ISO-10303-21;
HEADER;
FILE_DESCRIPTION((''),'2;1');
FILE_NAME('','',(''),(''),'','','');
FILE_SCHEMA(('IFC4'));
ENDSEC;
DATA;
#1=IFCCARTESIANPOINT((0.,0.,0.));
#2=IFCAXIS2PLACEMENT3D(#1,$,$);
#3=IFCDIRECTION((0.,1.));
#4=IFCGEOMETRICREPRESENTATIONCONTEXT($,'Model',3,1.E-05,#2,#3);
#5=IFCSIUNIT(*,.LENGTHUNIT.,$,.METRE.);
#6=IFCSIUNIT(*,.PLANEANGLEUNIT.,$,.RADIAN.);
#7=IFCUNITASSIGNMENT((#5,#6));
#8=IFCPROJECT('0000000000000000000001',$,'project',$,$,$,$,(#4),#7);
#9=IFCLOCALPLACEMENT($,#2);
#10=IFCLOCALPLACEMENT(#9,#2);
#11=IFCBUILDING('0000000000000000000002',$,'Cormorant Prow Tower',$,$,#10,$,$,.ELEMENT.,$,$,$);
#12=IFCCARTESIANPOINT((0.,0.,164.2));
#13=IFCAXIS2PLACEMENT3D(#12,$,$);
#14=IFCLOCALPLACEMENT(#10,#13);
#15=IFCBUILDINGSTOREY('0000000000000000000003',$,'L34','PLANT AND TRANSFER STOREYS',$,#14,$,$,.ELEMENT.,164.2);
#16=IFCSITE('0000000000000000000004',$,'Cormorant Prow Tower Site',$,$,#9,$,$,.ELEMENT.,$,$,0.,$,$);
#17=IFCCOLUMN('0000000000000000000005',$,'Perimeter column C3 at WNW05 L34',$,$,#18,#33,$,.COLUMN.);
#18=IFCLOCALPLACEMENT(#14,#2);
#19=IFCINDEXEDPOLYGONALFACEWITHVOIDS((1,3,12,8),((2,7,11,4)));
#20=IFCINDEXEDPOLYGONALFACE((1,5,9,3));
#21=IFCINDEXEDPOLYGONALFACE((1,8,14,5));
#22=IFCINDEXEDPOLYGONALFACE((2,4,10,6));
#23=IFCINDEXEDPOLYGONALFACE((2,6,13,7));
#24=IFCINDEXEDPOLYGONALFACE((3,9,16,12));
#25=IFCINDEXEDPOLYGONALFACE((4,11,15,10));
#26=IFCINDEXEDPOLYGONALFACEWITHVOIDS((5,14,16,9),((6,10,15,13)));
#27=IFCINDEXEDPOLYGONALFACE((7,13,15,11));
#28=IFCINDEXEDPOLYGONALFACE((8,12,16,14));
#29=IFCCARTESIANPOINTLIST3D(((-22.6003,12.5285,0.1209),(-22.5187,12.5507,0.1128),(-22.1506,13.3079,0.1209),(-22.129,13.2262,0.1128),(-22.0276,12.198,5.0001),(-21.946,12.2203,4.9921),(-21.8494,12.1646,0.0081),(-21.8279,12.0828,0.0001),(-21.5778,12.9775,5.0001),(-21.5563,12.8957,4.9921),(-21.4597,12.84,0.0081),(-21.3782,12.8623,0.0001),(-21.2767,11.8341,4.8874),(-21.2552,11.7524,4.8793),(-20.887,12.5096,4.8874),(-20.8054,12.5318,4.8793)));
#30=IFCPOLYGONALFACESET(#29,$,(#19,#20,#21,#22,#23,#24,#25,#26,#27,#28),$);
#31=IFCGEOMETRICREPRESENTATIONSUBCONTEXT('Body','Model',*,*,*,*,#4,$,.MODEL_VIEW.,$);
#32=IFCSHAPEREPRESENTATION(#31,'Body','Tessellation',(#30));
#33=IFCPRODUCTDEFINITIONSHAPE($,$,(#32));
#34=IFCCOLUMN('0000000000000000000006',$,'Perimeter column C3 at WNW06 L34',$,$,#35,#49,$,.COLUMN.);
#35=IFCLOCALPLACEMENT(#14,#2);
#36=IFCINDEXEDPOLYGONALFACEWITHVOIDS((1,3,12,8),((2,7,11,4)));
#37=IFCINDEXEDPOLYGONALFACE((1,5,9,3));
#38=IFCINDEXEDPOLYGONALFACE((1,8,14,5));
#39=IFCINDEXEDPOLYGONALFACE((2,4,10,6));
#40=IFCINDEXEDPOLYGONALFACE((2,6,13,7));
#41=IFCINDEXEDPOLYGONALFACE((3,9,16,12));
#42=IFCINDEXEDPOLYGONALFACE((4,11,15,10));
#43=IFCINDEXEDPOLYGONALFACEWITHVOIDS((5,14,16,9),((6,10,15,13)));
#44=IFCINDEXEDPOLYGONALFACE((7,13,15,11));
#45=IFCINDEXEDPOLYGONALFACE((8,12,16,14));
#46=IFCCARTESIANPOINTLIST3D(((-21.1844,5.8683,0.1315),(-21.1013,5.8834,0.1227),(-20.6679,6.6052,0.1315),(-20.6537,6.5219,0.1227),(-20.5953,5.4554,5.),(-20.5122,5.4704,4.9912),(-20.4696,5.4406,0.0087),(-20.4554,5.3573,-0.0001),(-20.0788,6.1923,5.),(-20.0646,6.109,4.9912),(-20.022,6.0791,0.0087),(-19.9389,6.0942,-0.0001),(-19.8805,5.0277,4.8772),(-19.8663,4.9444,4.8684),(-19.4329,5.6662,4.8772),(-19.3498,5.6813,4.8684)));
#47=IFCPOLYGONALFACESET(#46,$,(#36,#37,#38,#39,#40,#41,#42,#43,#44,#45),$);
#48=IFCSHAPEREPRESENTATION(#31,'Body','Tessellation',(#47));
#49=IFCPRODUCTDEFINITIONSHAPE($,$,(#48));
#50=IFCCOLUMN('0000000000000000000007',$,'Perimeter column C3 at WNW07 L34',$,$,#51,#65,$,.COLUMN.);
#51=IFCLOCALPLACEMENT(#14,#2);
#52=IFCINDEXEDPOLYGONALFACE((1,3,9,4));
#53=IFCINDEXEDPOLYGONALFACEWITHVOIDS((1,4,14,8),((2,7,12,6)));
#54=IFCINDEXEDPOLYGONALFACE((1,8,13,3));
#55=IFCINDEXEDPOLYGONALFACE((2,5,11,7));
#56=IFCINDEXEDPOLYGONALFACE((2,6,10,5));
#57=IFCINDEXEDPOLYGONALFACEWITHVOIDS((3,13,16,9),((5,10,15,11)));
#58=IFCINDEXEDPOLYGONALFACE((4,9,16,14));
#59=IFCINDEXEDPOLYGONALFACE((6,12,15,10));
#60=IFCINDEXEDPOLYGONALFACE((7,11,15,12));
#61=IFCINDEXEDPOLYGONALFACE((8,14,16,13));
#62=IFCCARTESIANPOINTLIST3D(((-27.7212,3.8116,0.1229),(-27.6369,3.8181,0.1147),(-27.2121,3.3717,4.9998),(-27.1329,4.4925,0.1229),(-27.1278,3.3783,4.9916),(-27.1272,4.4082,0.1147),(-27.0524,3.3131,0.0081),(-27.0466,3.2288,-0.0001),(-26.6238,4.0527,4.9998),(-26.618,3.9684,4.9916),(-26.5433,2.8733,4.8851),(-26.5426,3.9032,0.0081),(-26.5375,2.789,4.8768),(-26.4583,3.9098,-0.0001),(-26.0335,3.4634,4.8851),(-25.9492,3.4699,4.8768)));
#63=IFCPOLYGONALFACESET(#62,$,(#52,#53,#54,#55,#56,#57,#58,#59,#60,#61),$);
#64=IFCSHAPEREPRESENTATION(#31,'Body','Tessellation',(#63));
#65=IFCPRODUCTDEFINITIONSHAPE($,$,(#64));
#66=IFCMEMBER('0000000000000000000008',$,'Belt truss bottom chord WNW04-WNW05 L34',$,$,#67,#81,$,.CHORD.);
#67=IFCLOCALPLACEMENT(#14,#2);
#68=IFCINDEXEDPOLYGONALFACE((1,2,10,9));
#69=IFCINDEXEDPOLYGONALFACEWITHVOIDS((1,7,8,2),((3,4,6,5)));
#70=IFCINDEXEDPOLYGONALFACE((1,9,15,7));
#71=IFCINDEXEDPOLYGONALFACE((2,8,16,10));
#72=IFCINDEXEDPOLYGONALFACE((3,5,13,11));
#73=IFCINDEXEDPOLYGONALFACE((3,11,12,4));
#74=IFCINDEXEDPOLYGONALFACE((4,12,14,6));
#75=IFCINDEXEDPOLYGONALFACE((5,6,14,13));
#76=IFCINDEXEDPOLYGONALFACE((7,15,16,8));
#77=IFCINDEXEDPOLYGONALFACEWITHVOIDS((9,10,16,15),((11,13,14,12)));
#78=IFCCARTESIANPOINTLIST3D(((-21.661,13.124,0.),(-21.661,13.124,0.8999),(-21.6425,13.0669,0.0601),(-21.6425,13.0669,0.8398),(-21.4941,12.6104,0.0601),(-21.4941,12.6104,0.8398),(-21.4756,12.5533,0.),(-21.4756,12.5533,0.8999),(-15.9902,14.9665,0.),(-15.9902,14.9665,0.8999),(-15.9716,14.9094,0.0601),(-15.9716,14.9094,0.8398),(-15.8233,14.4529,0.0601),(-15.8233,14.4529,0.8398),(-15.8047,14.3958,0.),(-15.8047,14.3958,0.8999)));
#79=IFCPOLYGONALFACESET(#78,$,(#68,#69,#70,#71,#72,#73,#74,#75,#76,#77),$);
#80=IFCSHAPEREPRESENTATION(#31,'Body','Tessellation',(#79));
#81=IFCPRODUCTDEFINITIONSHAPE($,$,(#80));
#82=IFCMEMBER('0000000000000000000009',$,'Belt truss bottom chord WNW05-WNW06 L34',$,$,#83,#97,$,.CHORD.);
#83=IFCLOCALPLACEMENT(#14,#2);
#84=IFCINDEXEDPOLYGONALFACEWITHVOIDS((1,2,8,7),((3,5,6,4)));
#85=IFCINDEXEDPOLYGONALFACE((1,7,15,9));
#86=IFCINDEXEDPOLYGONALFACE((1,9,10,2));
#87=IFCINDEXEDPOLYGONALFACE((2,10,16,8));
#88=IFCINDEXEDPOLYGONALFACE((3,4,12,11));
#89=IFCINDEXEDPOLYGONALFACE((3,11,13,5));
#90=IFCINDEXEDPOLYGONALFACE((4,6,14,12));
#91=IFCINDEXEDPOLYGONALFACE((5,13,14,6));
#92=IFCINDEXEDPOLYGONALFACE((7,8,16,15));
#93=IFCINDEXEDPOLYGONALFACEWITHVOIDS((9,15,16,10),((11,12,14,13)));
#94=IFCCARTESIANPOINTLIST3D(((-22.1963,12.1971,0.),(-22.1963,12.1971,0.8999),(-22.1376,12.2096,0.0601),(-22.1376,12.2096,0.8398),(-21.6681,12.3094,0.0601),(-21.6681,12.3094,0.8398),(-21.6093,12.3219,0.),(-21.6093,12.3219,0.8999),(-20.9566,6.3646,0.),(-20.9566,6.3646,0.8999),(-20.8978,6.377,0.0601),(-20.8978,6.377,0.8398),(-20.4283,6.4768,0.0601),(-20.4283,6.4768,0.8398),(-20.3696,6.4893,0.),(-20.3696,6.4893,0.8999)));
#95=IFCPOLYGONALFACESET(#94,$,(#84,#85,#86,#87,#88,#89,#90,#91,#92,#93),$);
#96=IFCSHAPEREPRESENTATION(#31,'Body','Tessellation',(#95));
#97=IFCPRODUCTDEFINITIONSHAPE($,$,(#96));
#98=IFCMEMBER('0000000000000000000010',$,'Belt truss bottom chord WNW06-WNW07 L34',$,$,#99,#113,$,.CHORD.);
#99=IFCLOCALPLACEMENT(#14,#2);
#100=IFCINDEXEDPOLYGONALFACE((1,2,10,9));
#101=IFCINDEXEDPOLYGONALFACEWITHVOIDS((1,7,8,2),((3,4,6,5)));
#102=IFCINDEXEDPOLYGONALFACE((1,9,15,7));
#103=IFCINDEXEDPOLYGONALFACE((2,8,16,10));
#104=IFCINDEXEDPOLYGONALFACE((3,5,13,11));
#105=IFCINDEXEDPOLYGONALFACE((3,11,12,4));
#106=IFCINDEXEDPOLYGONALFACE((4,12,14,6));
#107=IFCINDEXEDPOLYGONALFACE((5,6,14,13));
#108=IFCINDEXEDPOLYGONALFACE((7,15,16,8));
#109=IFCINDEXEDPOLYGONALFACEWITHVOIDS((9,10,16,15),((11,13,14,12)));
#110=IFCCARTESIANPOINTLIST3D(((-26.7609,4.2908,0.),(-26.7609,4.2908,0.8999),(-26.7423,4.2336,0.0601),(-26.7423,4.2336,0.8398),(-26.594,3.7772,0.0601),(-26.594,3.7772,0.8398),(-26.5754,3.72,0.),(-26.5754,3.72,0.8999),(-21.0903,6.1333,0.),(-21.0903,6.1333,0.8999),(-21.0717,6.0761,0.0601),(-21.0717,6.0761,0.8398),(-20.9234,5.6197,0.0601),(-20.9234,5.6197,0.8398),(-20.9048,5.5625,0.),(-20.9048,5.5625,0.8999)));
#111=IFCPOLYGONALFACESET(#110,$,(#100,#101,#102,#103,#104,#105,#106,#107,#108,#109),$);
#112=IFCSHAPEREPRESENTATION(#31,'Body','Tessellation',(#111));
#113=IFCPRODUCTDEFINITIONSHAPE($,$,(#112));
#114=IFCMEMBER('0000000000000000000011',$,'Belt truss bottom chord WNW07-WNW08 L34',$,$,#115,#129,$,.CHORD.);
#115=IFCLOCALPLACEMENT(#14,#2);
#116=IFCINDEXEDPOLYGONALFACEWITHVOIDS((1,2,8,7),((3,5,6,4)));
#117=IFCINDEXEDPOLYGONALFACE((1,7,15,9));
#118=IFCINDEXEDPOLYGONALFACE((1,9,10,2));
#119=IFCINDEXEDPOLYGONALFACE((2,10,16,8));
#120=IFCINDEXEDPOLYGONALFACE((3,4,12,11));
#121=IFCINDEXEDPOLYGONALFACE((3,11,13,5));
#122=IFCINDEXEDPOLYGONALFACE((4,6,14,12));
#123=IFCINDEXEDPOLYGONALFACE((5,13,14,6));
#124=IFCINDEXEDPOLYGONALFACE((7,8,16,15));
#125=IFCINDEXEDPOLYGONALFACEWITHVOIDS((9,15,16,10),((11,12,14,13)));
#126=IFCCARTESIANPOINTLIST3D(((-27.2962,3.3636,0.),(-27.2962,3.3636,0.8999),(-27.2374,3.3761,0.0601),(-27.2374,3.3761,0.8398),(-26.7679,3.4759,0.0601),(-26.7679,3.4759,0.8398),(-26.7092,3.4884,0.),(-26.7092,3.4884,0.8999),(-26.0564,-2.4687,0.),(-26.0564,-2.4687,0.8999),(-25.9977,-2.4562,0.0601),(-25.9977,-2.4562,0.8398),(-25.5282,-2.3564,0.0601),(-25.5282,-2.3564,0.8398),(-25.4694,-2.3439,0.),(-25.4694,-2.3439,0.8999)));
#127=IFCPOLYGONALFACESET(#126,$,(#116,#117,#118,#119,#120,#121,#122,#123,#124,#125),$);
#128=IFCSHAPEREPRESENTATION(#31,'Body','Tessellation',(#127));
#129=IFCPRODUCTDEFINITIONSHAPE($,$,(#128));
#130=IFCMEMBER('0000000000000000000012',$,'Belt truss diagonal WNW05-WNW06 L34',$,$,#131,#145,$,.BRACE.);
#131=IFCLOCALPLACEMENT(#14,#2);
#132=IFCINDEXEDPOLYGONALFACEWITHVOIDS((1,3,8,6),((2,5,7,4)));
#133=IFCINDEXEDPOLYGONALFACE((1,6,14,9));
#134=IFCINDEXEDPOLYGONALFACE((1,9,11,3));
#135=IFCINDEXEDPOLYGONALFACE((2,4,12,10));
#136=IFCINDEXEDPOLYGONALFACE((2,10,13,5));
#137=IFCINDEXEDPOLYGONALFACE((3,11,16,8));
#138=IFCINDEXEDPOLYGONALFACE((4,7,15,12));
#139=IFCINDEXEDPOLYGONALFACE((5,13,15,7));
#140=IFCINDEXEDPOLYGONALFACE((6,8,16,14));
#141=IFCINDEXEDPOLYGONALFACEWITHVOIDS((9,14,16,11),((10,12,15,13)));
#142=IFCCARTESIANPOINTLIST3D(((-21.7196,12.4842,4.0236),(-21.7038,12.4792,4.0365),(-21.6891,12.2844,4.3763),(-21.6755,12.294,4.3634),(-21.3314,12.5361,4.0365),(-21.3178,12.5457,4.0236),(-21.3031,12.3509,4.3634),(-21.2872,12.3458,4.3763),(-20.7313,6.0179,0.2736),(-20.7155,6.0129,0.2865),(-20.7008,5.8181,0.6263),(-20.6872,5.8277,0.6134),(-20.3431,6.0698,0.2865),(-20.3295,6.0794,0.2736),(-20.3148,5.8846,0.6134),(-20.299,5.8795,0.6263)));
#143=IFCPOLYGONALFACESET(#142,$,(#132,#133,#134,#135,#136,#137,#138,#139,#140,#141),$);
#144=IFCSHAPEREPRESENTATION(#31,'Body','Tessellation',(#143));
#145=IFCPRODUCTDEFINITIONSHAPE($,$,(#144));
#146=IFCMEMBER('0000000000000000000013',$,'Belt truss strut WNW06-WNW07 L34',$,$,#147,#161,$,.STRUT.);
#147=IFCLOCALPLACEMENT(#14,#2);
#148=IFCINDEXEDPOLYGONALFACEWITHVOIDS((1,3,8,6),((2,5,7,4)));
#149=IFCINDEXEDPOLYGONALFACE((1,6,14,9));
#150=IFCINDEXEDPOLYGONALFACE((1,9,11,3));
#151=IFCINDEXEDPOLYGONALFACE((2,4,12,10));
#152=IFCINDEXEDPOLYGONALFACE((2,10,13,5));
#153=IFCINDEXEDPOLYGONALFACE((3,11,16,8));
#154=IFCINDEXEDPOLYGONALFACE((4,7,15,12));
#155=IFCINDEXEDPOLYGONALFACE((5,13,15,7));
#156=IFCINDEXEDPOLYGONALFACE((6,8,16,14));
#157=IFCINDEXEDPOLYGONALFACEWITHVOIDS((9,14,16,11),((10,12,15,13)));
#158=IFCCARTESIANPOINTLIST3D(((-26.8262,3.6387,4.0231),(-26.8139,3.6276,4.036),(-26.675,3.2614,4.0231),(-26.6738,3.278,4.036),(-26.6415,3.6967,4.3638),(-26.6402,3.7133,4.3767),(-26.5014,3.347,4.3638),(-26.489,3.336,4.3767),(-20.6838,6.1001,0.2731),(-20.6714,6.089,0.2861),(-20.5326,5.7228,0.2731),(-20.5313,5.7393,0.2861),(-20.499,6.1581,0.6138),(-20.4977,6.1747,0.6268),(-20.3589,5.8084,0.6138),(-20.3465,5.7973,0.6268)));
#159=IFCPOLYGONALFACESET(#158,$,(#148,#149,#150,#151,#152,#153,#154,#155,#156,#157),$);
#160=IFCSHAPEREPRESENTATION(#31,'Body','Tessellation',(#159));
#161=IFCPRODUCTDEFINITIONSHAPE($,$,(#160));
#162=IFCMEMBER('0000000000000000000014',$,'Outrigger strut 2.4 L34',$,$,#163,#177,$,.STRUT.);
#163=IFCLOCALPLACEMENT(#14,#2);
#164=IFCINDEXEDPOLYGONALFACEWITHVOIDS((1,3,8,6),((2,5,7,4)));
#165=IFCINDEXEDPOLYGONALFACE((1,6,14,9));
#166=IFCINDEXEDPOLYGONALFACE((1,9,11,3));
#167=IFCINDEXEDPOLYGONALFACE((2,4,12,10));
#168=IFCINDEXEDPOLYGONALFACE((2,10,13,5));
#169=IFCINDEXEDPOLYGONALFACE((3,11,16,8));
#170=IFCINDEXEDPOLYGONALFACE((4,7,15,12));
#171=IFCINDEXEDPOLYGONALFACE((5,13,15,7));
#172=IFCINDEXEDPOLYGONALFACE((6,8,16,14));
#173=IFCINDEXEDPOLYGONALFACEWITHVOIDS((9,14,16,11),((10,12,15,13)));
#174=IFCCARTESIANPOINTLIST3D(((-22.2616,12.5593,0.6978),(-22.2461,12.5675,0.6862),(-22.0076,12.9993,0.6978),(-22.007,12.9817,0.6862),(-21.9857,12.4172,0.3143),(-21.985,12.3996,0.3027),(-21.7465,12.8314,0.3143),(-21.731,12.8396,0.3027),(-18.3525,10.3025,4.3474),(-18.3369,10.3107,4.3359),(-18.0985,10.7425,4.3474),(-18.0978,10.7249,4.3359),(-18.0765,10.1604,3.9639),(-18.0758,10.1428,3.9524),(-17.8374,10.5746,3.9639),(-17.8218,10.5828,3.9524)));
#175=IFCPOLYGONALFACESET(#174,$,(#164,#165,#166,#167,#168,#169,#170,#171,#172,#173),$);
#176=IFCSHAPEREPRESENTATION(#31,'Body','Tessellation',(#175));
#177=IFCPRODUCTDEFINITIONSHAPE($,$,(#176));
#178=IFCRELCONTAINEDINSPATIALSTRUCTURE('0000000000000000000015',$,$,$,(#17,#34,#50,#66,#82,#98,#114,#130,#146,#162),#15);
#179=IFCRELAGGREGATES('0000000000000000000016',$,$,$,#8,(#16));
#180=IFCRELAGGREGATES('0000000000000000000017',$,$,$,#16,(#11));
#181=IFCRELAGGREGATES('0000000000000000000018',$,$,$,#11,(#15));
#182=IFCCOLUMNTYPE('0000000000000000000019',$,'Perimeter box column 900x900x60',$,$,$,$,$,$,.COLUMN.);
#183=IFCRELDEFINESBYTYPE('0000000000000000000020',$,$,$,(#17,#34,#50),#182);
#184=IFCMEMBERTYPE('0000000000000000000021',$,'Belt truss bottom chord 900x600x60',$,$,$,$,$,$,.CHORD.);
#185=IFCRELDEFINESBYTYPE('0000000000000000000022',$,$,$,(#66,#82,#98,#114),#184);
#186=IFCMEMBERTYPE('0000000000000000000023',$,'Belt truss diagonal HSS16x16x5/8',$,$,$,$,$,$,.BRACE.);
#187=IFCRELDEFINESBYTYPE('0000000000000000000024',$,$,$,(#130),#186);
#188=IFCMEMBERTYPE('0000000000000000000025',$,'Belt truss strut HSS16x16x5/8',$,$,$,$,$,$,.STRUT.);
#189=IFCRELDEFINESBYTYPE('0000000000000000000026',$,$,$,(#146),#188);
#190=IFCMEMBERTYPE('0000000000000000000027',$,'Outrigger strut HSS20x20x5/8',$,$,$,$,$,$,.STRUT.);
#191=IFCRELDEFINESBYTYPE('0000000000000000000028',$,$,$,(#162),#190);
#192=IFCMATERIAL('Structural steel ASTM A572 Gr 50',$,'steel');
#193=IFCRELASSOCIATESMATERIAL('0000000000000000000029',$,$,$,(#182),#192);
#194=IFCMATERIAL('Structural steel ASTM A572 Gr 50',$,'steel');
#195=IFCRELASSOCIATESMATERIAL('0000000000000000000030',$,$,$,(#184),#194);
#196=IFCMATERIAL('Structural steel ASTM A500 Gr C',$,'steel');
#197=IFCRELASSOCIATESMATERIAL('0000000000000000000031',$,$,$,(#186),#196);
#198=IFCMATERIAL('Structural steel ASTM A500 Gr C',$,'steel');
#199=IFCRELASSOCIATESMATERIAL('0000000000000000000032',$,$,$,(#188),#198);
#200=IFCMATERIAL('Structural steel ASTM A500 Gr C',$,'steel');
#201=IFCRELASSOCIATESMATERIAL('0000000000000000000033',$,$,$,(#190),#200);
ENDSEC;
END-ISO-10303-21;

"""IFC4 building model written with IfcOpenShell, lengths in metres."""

from ifc_helpers import new_model, si_unit, direction, frame, origin, origin_2d, place, context, subcontext, project, spatial, hollow_rectangle, extrude, material, material_profile, profile_set, type_object, element, save


model = new_model("IFC4")

# Units and contexts
model_context = context("Model", 3, precision=1e-05, world=origin(), true_north=direction((0.0, 1.0)))
body_context = subcontext(model_context, "Body", "Model", "MODEL_VIEW")
ifc_project = project(units=[si_unit("LENGTHUNIT", "METRE"), si_unit("PLANEANGLEUNIT", "RADIAN")], contexts=[model_context])

# Site, building, storey
site_placement = place(None, origin())
site = spatial("IfcSite", under=ifc_project, at=site_placement, Name="Cormorant Prow Tower Site", CompositionType="ELEMENT", RefElevation=0.0)
building_placement = place(site_placement, origin())
building = spatial("IfcBuilding", under=site, at=building_placement, Name="Cormorant Prow Tower", CompositionType="ELEMENT")
storey_placement = place(building_placement, frame((0.0, 0.0, 164.2)))
storey = spatial("IfcBuildingStorey", under=building, at=storey_placement, Name="L34", Description="PLANT AND TRANSFER STOREYS", CompositionType="ELEMENT", Elevation=164.2)

# Columns
ifc_material_1 = material(Name="Structural steel ASTM A572 Gr 50", Category="steel")
ifc_material_profile_1 = material_profile(ifc_material_1, hollow_rectangle(XDim=0.8999, YDim=0.8999, WallThickness=0.0601, at=origin_2d()), Name="Box 900x900x60")
ifc_profile_set_1 = profile_set([ifc_material_profile_1], Name="Structural steel ASTM A572 Gr 50")
column_type = type_object("IfcColumnType", Name="Perimeter box column 900x900x60", PredefinedType="COLUMN", material=ifc_profile_set_1)
column_1_placement = place(storey_placement, frame((-21.9963, 12.6995, 0.0), z_axis=(0.11632, -0.067111, 0.990942), x_axis=(0.499743, 0.866174, 0.0)))
element("IfcColumn", 1, at=column_1_placement, inside=storey, type_object=column_type, Name="Perimeter column C3 at WNW05 L34", PredefinedType="COLUMN", context=body_context, shape_type="SweptSolid", body=[
    extrude(hollow_rectangle(XDim=0.8999, YDim=0.8999, WallThickness=0.0601, at=origin_2d()), frame((0.0, 0.0, 0.061)), (0.0, 0.0, 1.0), 4.9238),
])
column_2_placement = place(storey_placement, frame((-20.5696, 5.9868, 0.0), z_axis=(0.119696, -0.083903, 0.989259), x_axis=(0.573994, 0.818859, 0.0)))
element("IfcColumn", 2, at=column_2_placement, inside=storey, type_object=column_type, Name="Perimeter column C3 at WNW06 L34", PredefinedType="COLUMN", context=body_context, shape_type="SweptSolid", body=[
    extrude(hollow_rectangle(XDim=0.8999, YDim=0.8999, WallThickness=0.0601, at=origin_2d()), frame((0.0, 0.0, 0.0664)), (0.0, 0.0, 1.0), 4.9214),
])
column_3_placement = place(storey_placement, frame((-27.0962, 3.8662, 0.0), z_axis=(0.103415, -0.089339, 0.990618), x_axis=(0.65373, 0.756727, 0.0)))
element("IfcColumn", 3, at=column_3_placement, inside=storey, type_object=column_type, Name="Perimeter column C3 at WNW07 L34", PredefinedType="COLUMN", context=body_context, shape_type="SweptSolid", body=[
    extrude(hollow_rectangle(XDim=0.8999, YDim=0.8999, WallThickness=0.0601, at=origin_2d()), frame((0.0, 0.0, 0.062)), (0.0, 0.0, 1.0), 4.9231),
])

# Members
ifc_material_2 = material(Name="Structural steel ASTM A572 Gr 50", Category="steel")
ifc_material_profile_2 = material_profile(ifc_material_2, hollow_rectangle(XDim=0.6001, YDim=0.8999, WallThickness=0.0601, at=origin_2d()), Name="Box 900x600x60")
ifc_profile_set_2 = profile_set([ifc_material_profile_2], Name="Structural steel ASTM A572 Gr 50")
member_type_1 = type_object("IfcMemberType", Name="Belt truss bottom chord 900x600x60", PredefinedType="CHORD", material=ifc_profile_set_2)
member_1_placement = place(storey_placement, frame((-15.8975, 14.6812, 0.45), z_axis=(-0.951059, -0.309008, 0.0), x_axis=(0.309008, -0.951059, 0.0)))
element("IfcMember", 4, at=member_1_placement, inside=storey, type_object=member_type_1, Name="Belt truss bottom chord WNW04-WNW05 L34", PredefinedType="CHORD", context=body_context, shape_type="SweptSolid", body=[
    extrude(hollow_rectangle(XDim=0.6001, YDim=0.8999, WallThickness=0.0601, at=origin_2d()), origin(), (0.0, 0.0, 1.0), 5.9626),
])
member_2_placement = place(storey_placement, frame((-21.9028, 12.2595, 0.45), z_axis=(0.207913, -0.978147, 0.0), x_axis=(0.978147, 0.207913, 0.0)))
element("IfcMember", 5, at=member_2_placement, inside=storey, type_object=member_type_1, Name="Belt truss bottom chord WNW05-WNW06 L34", PredefinedType="CHORD", context=body_context, shape_type="SweptSolid", body=[
    extrude(hollow_rectangle(XDim=0.6001, YDim=0.8999, WallThickness=0.0601, at=origin_2d()), origin(), (0.0, 0.0, 1.0), 5.9629),
])
member_3_placement = place(storey_placement, frame((-20.9976, 5.8479, 0.45), z_axis=(-0.951055, -0.30902, 0.0), x_axis=(0.30902, -0.951055, 0.0)))
element("IfcMember", 6, at=member_3_placement, inside=storey, type_object=member_type_1, Name="Belt truss bottom chord WNW06-WNW07 L34", PredefinedType="CHORD", context=body_context, shape_type="SweptSolid", body=[
    extrude(hollow_rectangle(XDim=0.6001, YDim=0.8999, WallThickness=0.0601, at=origin_2d()), origin(), (0.0, 0.0, 1.0), 5.9624),
])
member_4_placement = place(storey_placement, frame((-27.0027, 3.426, 0.45), z_axis=(0.207921, -0.978146, 0.0), x_axis=(0.978146, 0.207921, 0.0)))
element("IfcMember", 7, at=member_4_placement, inside=storey, type_object=member_type_1, Name="Belt truss bottom chord WNW07-WNW08 L34", PredefinedType="CHORD", context=body_context, shape_type="SweptSolid", body=[
    extrude(hollow_rectangle(XDim=0.6001, YDim=0.8999, WallThickness=0.0601, at=origin_2d()), origin(), (0.0, 0.0, 1.0), 5.9626),
])
ifc_material_3 = material(Name="Structural steel ASTM A500 Gr C", Category="steel")
ifc_material_profile_3 = material_profile(ifc_material_3, hollow_rectangle(XDim=0.4065, YDim=0.4065, WallThickness=0.0149, at=origin_2d()), Name="HSS16x16x5/8")
ifc_profile_set_3 = profile_set([ifc_material_profile_3], Name="Structural steel ASTM A500 Gr C")
member_type_2 = type_object("IfcMemberType", Name="Belt truss diagonal HSS16x16x5/8", PredefinedType="BRACE", material=ifc_profile_set_3)
member_5_placement = place(storey_placement, frame((-20.5151, 5.9487, 0.45), z_axis=(-0.131071, 0.857595, 0.497344), x_axis=(-0.988521, -0.151081, 0.0)))
element("IfcMember", 8, at=member_5_placement, inside=storey, type_object=member_type_2, Name="Belt truss diagonal WNW05-WNW06 L34", PredefinedType="BRACE", context=body_context, shape_type="SweptSolid", body=[
    extrude(hollow_rectangle(XDim=0.4065, YDim=0.4065, WallThickness=0.0149, at=origin_2d()), origin(), (0.0, 0.0, 1.0), 7.54),
])
ifc_material_4 = material(Name="Structural steel ASTM A500 Gr C", Category="steel")
ifc_material_profile_4 = material_profile(ifc_material_4, hollow_rectangle(XDim=0.4065, YDim=0.4065, WallThickness=0.0149, at=origin_2d()), Name="HSS16x16x5/8")
ifc_profile_set_4 = profile_set([ifc_material_profile_4], Name="Structural steel ASTM A500 Gr C")
member_type_3 = type_object("IfcMemberType", Name="Belt truss strut HSS16x16x5/8", PredefinedType="STRUT", material=ifc_profile_set_4)
member_6_placement = place(storey_placement, frame((-20.5151, 5.9487, 0.45), z_axis=(-0.807588, -0.323613, 0.493027), x_axis=(0.371963, -0.928248, 0.0)))
element("IfcMember", 9, at=member_6_placement, inside=storey, type_object=member_type_3, Name="Belt truss strut WNW06-WNW07 L34", PredefinedType="STRUT", context=body_context, shape_type="SweptSolid", body=[
    extrude(hollow_rectangle(XDim=0.4065, YDim=0.4065, WallThickness=0.0149, at=origin_2d()), origin(), (0.0, 0.0, 1.0), 7.606),
])
ifc_material_5 = material(Name="Structural steel ASTM A500 Gr C", Category="steel")
ifc_material_profile_5 = material_profile(ifc_material_5, hollow_rectangle(XDim=0.5081, YDim=0.5081, WallThickness=0.0149, at=origin_2d()), Name="HSS20x20x5/8")
ifc_profile_set_5 = profile_set([ifc_material_profile_5], Name="Structural steel ASTM A500 Gr C")
member_type_4 = type_object("IfcMemberType", Name="Outrigger strut HSS20x20x5/8", PredefinedType="STRUT", material=ifc_profile_set_5)
member_7_placement = place(storey_placement, frame((-18.0872, 10.4426, 4.1499), z_axis=(-0.673446, 0.388792, -0.628738), x_axis=(-0.499978, -0.866038, 0.0)))
element("IfcMember", 10, at=member_7_placement, inside=storey, type_object=member_type_4, Name="Outrigger strut 2.4 L34", PredefinedType="STRUT", context=body_context, shape_type="SweptSolid", body=[
    extrude(hollow_rectangle(XDim=0.5081, YDim=0.5081, WallThickness=0.0149, at=origin_2d()), origin(), (0.0, 0.0, 1.0), 5.8047),
])

save(model, "model.ifc")
